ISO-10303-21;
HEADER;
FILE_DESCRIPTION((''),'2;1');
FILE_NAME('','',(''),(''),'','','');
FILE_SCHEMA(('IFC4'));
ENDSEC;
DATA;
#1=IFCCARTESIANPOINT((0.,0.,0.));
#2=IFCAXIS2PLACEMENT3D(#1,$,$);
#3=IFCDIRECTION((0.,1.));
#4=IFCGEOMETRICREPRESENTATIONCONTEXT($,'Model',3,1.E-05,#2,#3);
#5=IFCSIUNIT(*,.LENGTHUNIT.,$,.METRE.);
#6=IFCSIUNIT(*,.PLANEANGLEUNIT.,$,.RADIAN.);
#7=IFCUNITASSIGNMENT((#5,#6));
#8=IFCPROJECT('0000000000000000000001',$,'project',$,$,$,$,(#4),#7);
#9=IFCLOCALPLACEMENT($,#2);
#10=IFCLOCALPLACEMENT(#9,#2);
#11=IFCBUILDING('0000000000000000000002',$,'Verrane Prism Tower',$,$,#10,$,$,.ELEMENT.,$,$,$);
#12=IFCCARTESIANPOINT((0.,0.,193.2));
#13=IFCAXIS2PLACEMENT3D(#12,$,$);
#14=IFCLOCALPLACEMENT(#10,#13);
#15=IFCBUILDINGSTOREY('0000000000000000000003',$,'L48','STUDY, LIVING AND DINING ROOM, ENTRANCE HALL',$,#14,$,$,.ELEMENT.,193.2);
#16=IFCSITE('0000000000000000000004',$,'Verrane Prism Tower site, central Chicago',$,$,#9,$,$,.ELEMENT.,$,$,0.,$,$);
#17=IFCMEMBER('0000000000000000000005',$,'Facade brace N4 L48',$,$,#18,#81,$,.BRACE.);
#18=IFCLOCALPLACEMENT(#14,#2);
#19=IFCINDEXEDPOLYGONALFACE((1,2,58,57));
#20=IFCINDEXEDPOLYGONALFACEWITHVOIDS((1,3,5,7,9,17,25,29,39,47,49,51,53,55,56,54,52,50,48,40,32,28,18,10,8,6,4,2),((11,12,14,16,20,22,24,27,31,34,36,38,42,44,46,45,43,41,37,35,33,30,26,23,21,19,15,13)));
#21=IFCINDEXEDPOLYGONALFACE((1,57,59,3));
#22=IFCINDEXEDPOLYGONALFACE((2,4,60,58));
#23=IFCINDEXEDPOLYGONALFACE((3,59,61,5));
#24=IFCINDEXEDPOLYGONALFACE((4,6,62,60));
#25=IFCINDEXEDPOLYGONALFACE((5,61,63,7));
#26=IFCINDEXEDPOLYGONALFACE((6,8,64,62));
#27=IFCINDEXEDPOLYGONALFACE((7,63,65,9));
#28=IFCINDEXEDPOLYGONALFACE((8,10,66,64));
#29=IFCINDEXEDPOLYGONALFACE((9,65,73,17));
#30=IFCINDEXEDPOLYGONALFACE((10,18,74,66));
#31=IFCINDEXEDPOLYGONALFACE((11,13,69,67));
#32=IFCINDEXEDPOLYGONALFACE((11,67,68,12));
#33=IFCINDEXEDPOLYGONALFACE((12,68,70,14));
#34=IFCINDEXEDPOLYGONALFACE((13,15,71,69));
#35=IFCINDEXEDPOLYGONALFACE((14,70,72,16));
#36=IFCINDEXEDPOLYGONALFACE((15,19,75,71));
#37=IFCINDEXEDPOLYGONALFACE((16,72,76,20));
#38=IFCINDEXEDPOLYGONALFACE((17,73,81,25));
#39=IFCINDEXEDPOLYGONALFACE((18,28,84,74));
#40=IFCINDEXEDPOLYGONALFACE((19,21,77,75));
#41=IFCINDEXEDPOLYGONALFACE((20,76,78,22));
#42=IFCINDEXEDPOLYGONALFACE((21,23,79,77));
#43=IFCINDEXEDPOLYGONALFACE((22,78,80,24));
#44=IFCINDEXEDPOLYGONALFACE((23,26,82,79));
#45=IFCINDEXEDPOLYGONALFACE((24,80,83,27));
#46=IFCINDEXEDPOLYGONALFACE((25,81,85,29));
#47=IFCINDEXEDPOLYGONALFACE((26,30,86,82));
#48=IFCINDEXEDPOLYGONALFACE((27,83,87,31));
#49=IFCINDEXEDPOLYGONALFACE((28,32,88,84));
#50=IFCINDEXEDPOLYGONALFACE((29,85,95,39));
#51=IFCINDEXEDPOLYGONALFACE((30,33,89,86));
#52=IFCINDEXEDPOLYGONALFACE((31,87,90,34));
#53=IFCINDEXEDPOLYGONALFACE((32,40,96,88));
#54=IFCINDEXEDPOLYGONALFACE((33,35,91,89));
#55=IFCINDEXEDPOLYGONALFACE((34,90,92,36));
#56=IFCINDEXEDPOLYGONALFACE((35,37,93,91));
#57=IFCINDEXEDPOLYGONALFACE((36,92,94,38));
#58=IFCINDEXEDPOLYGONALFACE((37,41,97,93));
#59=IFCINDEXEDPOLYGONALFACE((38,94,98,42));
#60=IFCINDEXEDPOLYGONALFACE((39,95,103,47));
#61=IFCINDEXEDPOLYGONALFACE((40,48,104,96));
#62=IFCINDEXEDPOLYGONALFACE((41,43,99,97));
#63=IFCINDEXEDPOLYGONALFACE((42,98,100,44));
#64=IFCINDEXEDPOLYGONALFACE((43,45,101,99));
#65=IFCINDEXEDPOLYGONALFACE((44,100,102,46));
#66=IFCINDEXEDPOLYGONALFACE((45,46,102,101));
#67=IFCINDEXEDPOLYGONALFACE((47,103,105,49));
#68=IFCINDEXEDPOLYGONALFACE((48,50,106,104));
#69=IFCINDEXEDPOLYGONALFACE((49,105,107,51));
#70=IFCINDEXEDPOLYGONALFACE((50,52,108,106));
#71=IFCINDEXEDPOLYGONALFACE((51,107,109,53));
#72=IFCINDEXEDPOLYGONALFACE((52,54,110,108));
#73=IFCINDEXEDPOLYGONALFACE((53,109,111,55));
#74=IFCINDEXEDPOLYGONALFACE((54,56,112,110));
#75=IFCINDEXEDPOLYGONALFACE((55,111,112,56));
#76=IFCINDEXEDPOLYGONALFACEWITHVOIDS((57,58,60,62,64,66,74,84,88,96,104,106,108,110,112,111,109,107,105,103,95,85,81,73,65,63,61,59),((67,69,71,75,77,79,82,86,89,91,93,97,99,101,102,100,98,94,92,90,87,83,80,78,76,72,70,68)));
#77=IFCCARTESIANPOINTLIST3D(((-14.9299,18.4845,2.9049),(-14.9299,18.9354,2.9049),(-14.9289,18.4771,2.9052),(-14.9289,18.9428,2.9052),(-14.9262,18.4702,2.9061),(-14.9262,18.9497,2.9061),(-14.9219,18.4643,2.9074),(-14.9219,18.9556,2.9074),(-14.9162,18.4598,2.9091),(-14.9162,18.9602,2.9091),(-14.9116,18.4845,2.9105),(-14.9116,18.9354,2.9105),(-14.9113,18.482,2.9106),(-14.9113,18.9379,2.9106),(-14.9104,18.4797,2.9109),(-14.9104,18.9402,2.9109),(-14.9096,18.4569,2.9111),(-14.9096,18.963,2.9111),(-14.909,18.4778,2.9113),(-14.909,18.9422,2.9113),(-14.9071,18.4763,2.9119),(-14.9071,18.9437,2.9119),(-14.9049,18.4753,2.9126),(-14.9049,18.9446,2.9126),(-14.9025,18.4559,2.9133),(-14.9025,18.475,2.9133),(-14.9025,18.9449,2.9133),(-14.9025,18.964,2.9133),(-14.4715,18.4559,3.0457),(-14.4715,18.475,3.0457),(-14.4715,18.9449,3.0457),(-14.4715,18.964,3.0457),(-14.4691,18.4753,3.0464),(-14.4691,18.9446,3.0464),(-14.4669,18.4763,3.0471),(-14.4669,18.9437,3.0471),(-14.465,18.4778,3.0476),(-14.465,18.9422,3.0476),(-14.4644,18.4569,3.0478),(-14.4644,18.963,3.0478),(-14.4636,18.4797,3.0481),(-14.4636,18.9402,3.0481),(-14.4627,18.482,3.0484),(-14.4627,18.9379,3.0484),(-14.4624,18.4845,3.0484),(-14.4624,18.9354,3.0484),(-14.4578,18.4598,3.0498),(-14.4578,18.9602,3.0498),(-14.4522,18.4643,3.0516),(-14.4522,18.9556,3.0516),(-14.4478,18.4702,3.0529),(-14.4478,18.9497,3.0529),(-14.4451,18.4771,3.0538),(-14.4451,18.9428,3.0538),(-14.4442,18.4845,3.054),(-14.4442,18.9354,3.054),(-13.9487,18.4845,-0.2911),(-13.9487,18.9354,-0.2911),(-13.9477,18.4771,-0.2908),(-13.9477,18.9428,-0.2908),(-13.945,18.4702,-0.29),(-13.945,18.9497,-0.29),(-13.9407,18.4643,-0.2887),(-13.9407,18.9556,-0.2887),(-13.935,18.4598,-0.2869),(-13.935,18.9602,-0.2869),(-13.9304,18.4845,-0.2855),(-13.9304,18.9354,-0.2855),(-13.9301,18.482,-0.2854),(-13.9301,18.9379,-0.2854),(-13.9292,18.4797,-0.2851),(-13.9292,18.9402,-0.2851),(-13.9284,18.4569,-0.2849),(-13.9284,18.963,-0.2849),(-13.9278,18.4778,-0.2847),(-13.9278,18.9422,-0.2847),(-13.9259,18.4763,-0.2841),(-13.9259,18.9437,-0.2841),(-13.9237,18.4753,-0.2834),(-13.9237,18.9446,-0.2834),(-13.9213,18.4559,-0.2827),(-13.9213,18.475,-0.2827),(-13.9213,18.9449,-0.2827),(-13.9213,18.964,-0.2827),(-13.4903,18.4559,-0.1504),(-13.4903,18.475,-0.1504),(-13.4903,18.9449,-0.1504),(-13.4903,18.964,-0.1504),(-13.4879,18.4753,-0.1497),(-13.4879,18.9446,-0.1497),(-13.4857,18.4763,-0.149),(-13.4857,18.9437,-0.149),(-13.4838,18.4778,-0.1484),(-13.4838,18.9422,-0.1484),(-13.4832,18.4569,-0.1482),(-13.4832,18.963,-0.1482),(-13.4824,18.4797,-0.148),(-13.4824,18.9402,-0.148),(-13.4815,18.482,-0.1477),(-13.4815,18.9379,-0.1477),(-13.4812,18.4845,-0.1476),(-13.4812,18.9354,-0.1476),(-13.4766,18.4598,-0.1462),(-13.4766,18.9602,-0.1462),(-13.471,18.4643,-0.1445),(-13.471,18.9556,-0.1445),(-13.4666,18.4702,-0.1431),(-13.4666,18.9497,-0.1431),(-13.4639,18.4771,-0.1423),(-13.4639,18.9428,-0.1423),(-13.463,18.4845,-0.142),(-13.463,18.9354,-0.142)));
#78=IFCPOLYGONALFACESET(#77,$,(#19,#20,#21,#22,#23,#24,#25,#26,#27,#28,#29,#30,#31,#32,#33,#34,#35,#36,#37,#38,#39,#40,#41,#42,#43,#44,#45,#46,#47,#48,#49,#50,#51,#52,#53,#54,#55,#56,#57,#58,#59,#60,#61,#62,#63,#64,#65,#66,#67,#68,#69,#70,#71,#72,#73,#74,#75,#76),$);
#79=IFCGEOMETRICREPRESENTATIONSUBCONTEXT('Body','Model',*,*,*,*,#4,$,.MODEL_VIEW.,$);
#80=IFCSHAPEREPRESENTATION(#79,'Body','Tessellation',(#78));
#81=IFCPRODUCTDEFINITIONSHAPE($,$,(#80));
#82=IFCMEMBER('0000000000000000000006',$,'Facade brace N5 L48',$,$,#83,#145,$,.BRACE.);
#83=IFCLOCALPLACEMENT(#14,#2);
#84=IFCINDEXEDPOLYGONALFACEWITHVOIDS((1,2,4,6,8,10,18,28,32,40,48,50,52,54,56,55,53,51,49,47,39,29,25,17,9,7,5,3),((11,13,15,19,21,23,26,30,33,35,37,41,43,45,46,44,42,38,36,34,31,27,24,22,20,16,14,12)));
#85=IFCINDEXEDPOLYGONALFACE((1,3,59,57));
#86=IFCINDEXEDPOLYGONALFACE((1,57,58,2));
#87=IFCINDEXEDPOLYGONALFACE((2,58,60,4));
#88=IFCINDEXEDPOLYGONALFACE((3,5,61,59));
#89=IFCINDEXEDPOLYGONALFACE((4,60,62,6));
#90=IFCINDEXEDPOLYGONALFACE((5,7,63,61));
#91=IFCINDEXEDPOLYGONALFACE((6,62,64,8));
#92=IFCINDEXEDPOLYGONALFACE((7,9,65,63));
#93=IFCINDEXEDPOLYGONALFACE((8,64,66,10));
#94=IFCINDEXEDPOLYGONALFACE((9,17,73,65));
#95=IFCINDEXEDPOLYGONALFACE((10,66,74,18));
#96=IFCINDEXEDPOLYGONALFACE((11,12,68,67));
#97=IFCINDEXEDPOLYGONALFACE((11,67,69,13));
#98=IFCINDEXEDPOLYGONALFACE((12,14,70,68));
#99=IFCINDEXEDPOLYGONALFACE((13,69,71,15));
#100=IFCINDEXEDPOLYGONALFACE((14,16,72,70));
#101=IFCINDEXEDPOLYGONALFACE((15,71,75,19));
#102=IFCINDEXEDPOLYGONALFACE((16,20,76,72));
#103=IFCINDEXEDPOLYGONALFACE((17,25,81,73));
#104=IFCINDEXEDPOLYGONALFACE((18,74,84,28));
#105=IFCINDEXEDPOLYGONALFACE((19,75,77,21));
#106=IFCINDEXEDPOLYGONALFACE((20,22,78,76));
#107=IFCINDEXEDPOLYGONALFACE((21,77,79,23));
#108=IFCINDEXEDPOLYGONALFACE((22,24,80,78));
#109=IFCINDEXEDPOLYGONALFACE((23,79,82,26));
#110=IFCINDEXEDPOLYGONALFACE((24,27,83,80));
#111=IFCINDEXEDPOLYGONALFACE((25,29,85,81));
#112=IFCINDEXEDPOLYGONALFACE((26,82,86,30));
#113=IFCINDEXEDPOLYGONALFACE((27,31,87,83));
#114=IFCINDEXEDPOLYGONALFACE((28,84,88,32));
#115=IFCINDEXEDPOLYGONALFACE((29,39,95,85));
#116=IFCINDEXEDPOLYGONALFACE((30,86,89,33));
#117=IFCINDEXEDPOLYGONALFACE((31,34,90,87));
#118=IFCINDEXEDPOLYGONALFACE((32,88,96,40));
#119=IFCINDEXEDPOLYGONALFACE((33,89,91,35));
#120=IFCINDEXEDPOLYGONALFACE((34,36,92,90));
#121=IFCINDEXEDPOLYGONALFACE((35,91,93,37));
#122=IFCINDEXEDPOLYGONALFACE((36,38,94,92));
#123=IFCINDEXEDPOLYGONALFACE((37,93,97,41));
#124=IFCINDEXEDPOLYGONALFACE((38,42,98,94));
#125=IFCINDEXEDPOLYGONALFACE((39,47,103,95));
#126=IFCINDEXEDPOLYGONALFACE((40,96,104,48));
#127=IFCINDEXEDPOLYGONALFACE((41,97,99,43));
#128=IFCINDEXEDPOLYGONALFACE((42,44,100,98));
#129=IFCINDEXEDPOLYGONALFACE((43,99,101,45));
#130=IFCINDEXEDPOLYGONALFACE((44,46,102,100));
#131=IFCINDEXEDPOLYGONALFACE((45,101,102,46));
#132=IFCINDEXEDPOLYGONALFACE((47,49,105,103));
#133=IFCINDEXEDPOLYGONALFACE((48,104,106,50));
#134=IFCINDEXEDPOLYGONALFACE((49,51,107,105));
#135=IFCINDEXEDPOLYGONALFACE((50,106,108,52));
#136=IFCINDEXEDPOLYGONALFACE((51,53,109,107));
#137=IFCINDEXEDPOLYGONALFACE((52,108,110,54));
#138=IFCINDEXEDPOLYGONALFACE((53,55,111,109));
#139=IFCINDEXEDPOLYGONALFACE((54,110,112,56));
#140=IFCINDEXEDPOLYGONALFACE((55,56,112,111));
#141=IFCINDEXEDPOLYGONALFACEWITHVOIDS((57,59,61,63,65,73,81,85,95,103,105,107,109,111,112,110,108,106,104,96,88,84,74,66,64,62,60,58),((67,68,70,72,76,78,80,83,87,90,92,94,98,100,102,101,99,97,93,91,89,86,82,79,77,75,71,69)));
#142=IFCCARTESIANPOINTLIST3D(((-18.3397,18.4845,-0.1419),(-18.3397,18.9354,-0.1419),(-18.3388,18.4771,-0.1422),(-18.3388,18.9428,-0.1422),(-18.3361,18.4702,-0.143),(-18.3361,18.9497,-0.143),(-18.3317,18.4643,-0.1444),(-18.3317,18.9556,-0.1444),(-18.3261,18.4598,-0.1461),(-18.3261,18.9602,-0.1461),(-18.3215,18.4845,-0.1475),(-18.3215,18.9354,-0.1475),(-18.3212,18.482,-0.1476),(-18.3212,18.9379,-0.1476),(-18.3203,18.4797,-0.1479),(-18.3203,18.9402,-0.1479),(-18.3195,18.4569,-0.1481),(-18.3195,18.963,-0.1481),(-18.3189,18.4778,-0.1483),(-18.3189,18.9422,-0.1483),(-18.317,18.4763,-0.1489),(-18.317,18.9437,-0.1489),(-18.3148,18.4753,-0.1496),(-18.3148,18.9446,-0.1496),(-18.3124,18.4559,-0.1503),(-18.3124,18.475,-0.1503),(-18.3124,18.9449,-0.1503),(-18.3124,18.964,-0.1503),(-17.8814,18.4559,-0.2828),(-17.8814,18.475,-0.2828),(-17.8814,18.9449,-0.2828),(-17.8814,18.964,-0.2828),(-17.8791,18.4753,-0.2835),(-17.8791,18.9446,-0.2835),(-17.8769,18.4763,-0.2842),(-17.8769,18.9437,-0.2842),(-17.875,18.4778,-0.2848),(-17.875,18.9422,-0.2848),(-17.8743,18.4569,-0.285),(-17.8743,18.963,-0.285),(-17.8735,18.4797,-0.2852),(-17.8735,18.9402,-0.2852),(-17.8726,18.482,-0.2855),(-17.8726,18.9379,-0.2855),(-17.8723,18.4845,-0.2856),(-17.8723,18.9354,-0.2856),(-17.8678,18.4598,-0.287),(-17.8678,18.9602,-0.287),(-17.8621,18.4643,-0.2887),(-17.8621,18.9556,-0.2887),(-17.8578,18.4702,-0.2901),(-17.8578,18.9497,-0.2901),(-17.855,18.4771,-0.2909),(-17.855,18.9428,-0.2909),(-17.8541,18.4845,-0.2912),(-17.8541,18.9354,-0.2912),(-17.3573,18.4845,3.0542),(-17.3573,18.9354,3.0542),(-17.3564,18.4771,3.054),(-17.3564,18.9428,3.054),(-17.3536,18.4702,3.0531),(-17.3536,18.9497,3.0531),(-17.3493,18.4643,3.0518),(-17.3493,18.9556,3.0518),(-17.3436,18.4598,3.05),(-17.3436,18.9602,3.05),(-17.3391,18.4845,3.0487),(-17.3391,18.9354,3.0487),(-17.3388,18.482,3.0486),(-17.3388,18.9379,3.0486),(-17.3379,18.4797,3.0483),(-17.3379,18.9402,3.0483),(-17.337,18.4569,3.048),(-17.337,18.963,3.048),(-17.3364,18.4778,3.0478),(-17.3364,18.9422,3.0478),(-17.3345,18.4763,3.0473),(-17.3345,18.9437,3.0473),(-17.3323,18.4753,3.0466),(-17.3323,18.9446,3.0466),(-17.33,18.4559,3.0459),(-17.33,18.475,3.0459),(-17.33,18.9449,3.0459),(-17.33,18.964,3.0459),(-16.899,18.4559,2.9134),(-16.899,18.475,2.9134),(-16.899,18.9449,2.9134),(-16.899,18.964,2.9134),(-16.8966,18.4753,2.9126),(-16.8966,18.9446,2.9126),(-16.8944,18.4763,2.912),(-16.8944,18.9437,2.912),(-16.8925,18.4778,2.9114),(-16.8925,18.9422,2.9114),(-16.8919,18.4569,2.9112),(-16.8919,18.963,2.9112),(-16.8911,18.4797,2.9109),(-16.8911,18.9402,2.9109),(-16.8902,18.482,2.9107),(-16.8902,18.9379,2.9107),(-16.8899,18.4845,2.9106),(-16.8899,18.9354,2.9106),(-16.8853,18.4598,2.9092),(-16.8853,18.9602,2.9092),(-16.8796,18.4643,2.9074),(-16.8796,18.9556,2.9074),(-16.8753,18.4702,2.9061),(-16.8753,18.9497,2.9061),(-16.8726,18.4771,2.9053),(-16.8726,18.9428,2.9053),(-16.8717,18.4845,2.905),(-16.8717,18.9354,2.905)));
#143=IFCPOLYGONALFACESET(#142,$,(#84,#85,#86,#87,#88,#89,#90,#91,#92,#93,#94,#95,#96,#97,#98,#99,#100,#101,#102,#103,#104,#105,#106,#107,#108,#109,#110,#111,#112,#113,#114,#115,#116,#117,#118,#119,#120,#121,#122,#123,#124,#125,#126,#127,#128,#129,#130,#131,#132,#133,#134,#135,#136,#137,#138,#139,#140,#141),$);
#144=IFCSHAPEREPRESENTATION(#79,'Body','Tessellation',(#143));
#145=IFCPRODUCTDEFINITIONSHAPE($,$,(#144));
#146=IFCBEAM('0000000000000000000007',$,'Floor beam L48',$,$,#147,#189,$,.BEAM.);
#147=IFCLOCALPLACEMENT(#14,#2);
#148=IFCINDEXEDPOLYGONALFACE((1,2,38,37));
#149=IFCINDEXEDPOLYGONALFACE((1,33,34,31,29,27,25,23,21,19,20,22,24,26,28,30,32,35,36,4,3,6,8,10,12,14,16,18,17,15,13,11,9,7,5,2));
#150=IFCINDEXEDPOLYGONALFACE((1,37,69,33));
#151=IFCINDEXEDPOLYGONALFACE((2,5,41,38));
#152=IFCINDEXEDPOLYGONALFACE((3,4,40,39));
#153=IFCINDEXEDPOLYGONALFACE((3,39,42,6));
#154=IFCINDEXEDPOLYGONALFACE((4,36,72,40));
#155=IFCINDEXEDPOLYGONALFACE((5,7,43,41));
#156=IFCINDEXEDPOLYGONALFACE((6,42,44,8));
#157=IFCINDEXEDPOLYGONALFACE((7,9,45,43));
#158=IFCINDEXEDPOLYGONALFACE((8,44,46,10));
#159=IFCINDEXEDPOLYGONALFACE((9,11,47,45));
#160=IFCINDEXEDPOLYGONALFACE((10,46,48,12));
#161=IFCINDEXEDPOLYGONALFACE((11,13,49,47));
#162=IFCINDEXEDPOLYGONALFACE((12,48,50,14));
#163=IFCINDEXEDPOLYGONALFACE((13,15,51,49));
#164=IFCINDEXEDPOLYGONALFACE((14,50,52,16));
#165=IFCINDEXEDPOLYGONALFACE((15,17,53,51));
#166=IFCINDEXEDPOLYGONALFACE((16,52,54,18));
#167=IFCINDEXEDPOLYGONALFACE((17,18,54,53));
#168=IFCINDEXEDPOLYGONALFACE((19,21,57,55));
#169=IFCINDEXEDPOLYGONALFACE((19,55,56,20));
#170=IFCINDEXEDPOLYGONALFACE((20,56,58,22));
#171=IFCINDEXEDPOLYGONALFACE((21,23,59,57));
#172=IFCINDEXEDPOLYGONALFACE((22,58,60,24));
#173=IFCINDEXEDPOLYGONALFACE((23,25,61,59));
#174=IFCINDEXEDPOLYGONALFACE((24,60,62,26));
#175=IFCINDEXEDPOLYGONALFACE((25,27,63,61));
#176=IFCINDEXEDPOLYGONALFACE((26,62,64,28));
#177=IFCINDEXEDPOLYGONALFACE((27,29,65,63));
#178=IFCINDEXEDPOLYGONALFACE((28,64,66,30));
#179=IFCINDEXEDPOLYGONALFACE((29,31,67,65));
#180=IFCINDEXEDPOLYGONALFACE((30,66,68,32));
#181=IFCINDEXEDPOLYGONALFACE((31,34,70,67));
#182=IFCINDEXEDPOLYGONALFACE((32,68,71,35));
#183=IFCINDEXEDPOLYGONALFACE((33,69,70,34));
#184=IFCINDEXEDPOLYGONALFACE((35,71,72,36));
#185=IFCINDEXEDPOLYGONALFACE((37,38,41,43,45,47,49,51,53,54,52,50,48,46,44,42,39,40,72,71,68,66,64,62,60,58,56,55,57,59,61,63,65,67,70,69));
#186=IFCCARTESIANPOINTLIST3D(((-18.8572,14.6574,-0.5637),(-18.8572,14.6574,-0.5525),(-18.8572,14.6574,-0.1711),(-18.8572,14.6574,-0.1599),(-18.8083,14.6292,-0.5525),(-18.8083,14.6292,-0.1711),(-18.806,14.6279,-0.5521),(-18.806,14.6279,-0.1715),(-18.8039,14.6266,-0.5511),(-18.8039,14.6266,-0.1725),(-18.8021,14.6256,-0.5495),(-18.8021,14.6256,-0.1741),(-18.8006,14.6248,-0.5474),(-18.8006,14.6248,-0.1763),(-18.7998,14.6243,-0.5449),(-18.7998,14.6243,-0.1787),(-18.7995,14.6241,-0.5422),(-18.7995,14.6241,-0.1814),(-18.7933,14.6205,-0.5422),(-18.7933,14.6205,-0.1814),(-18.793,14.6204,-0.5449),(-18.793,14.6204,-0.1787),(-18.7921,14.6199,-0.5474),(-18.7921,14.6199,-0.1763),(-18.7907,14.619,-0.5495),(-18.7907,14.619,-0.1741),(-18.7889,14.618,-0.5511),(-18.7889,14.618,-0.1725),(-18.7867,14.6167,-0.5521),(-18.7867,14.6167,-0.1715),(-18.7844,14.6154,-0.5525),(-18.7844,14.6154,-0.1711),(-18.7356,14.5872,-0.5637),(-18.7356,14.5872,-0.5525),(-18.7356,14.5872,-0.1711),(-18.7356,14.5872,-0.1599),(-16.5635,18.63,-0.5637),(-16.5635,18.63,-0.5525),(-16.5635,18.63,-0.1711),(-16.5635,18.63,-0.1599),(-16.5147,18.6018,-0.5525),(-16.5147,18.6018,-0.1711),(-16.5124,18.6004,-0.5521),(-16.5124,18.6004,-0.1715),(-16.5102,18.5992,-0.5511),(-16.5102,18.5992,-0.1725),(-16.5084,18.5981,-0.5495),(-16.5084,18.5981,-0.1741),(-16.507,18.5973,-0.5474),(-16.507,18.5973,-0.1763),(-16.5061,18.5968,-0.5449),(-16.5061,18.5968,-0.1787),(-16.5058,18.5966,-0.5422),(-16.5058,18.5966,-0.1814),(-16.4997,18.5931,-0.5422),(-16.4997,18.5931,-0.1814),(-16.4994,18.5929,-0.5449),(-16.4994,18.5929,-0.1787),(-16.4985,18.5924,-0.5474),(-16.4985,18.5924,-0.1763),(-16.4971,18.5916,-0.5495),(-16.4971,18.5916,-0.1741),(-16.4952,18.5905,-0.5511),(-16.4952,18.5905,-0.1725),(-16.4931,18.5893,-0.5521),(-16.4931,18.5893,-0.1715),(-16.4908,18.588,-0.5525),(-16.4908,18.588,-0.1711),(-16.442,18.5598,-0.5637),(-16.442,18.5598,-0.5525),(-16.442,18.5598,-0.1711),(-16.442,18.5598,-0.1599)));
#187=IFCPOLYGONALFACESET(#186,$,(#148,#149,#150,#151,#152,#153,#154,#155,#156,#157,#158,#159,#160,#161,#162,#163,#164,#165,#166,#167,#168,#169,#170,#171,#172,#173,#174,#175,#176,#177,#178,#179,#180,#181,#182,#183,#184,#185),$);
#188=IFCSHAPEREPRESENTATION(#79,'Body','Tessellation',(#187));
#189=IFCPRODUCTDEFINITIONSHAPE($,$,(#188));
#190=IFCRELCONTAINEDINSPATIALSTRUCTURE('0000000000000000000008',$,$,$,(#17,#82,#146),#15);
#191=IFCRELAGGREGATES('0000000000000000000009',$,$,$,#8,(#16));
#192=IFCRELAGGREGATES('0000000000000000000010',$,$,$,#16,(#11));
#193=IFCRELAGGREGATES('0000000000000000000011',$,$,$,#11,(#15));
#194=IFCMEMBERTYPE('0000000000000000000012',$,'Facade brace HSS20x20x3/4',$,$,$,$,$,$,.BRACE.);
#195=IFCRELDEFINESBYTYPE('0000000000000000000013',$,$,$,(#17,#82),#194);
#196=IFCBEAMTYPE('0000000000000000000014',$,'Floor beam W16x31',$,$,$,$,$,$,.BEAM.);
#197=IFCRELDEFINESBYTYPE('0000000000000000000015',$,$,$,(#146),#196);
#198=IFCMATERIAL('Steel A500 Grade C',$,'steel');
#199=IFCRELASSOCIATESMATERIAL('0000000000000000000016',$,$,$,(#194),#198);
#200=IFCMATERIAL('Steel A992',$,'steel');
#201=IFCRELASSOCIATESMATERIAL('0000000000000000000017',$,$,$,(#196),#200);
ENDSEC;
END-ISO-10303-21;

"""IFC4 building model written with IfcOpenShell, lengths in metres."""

from ifc_helpers import new_model, si_unit, direction, frame, origin, origin_2d, place, context, subcontext, project, spatial, hollow_rectangle, i_section, extrude, material, material_profile, profile_set, type_object, element, save


model = new_model("IFC4")

# Units and contexts
model_context = context("Model", 3, precision=1e-05, world=origin(), true_north=direction((0.0, 1.0)))
body_context = subcontext(model_context, "Body", "Model", "MODEL_VIEW")
ifc_project = project(units=[si_unit("LENGTHUNIT", "METRE"), si_unit("PLANEANGLEUNIT", "RADIAN")], contexts=[model_context])

# Site, building, storey
site_placement = place(None, origin())
site = spatial("IfcSite", under=ifc_project, at=site_placement, Name="Verrane Prism Tower site, central Chicago", CompositionType="ELEMENT", RefElevation=0.0)
building_placement = place(site_placement, origin())
building = spatial("IfcBuilding", under=site, at=building_placement, Name="Verrane Prism Tower", CompositionType="ELEMENT")
storey_placement = place(building_placement, frame((0.0, 0.0, 193.2)))
storey = spatial("IfcBuildingStorey", under=building, at=storey_placement, Name="L48", Description="STUDY, LIVING AND DINING ROOM, ENTRANCE HALL", CompositionType="ELEMENT", Elevation=193.2)

# Members
ifc_material_1 = material(Name="Steel A500 Grade C", Category="steel")
ifc_material_profile_1 = material_profile(ifc_material_1, hollow_rectangle(XDim=0.5081, YDim=0.5081, WallThickness=0.019, InnerFilletRadius=0.0095, OuterFilletRadius=0.0286, at=origin_2d()), Name="HSS20x20x3/4")
ifc_profile_set_1 = profile_set([ifc_material_profile_1], Name="Steel A500 Grade C")
member_type_1 = type_object("IfcMemberType", Name="Facade brace HSS20x20x3/4", PredefinedType="BRACE", material=ifc_profile_set_1)
member_1_placement = place(storey_placement, frame((-13.7058, 18.71, -0.2166), z_axis=(-0.293485, 0.0, 0.955964), x_axis=(0.0, -1.0, 0.0)))
element("IfcMember", 1, at=member_1_placement, inside=storey, type_object=member_type_1, Name="Facade brace N4 L48", PredefinedType="BRACE", context=body_context, shape_type="SweptSolid", body=[
    extrude(hollow_rectangle(XDim=0.5081, YDim=0.5081, WallThickness=0.019, InnerFilletRadius=0.0095, OuterFilletRadius=0.0286, at=origin_2d()), origin(), (0.0, 0.0, 1.0), 3.3433),
])
member_2_placement = place(storey_placement, frame((-18.0969, 18.71, -0.2166), z_axis=(0.293819, 0.0, 0.955861), x_axis=(0.0, 1.0, 0.0)))
element("IfcMember", 2, at=member_2_placement, inside=storey, type_object=member_type_1, Name="Facade brace N5 L48", PredefinedType="BRACE", context=body_context, shape_type="SweptSolid", body=[
    extrude(hollow_rectangle(XDim=0.5081, YDim=0.5081, WallThickness=0.019, InnerFilletRadius=0.0095, OuterFilletRadius=0.0286, at=origin_2d()), origin(), (0.0, 0.0, 1.0), 3.3438),
])

# Beam
ifc_material_2 = material(Name="Steel A992", Category="steel")
ifc_material_profile_2 = material_profile(ifc_material_2, i_section(OverallWidth=0.1404, OverallDepth=0.4038, WebThickness=0.0071, FlangeThickness=0.0112, FilletRadius=0.0103, at=origin_2d()), Name="W16x31")
ifc_profile_set_2 = profile_set([ifc_material_profile_2], Name="Steel A992")
beam_type_1 = type_object("IfcBeamType", Name="Floor beam W16x31", PredefinedType="BEAM", material=ifc_profile_set_2)
beam_1_placement = place(storey_placement, frame((-18.7964, 14.6223, -0.3618), z_axis=(0.500014, 0.866017, 0.0), x_axis=(-0.866017, 0.500014, 0.0)))
element("IfcBeam", 3, at=beam_1_placement, inside=storey, type_object=beam_type_1, Name="Floor beam L48", PredefinedType="BEAM", context=body_context, shape_type="SweptSolid", body=[
    extrude(i_section(OverallWidth=0.1404, OverallDepth=0.4038, WebThickness=0.0071, FlangeThickness=0.0112, FilletRadius=0.0103, at=origin_2d()), origin(), (0.0, 0.0, 1.0), 4.5872),
])

save(model, "model.ifc")
